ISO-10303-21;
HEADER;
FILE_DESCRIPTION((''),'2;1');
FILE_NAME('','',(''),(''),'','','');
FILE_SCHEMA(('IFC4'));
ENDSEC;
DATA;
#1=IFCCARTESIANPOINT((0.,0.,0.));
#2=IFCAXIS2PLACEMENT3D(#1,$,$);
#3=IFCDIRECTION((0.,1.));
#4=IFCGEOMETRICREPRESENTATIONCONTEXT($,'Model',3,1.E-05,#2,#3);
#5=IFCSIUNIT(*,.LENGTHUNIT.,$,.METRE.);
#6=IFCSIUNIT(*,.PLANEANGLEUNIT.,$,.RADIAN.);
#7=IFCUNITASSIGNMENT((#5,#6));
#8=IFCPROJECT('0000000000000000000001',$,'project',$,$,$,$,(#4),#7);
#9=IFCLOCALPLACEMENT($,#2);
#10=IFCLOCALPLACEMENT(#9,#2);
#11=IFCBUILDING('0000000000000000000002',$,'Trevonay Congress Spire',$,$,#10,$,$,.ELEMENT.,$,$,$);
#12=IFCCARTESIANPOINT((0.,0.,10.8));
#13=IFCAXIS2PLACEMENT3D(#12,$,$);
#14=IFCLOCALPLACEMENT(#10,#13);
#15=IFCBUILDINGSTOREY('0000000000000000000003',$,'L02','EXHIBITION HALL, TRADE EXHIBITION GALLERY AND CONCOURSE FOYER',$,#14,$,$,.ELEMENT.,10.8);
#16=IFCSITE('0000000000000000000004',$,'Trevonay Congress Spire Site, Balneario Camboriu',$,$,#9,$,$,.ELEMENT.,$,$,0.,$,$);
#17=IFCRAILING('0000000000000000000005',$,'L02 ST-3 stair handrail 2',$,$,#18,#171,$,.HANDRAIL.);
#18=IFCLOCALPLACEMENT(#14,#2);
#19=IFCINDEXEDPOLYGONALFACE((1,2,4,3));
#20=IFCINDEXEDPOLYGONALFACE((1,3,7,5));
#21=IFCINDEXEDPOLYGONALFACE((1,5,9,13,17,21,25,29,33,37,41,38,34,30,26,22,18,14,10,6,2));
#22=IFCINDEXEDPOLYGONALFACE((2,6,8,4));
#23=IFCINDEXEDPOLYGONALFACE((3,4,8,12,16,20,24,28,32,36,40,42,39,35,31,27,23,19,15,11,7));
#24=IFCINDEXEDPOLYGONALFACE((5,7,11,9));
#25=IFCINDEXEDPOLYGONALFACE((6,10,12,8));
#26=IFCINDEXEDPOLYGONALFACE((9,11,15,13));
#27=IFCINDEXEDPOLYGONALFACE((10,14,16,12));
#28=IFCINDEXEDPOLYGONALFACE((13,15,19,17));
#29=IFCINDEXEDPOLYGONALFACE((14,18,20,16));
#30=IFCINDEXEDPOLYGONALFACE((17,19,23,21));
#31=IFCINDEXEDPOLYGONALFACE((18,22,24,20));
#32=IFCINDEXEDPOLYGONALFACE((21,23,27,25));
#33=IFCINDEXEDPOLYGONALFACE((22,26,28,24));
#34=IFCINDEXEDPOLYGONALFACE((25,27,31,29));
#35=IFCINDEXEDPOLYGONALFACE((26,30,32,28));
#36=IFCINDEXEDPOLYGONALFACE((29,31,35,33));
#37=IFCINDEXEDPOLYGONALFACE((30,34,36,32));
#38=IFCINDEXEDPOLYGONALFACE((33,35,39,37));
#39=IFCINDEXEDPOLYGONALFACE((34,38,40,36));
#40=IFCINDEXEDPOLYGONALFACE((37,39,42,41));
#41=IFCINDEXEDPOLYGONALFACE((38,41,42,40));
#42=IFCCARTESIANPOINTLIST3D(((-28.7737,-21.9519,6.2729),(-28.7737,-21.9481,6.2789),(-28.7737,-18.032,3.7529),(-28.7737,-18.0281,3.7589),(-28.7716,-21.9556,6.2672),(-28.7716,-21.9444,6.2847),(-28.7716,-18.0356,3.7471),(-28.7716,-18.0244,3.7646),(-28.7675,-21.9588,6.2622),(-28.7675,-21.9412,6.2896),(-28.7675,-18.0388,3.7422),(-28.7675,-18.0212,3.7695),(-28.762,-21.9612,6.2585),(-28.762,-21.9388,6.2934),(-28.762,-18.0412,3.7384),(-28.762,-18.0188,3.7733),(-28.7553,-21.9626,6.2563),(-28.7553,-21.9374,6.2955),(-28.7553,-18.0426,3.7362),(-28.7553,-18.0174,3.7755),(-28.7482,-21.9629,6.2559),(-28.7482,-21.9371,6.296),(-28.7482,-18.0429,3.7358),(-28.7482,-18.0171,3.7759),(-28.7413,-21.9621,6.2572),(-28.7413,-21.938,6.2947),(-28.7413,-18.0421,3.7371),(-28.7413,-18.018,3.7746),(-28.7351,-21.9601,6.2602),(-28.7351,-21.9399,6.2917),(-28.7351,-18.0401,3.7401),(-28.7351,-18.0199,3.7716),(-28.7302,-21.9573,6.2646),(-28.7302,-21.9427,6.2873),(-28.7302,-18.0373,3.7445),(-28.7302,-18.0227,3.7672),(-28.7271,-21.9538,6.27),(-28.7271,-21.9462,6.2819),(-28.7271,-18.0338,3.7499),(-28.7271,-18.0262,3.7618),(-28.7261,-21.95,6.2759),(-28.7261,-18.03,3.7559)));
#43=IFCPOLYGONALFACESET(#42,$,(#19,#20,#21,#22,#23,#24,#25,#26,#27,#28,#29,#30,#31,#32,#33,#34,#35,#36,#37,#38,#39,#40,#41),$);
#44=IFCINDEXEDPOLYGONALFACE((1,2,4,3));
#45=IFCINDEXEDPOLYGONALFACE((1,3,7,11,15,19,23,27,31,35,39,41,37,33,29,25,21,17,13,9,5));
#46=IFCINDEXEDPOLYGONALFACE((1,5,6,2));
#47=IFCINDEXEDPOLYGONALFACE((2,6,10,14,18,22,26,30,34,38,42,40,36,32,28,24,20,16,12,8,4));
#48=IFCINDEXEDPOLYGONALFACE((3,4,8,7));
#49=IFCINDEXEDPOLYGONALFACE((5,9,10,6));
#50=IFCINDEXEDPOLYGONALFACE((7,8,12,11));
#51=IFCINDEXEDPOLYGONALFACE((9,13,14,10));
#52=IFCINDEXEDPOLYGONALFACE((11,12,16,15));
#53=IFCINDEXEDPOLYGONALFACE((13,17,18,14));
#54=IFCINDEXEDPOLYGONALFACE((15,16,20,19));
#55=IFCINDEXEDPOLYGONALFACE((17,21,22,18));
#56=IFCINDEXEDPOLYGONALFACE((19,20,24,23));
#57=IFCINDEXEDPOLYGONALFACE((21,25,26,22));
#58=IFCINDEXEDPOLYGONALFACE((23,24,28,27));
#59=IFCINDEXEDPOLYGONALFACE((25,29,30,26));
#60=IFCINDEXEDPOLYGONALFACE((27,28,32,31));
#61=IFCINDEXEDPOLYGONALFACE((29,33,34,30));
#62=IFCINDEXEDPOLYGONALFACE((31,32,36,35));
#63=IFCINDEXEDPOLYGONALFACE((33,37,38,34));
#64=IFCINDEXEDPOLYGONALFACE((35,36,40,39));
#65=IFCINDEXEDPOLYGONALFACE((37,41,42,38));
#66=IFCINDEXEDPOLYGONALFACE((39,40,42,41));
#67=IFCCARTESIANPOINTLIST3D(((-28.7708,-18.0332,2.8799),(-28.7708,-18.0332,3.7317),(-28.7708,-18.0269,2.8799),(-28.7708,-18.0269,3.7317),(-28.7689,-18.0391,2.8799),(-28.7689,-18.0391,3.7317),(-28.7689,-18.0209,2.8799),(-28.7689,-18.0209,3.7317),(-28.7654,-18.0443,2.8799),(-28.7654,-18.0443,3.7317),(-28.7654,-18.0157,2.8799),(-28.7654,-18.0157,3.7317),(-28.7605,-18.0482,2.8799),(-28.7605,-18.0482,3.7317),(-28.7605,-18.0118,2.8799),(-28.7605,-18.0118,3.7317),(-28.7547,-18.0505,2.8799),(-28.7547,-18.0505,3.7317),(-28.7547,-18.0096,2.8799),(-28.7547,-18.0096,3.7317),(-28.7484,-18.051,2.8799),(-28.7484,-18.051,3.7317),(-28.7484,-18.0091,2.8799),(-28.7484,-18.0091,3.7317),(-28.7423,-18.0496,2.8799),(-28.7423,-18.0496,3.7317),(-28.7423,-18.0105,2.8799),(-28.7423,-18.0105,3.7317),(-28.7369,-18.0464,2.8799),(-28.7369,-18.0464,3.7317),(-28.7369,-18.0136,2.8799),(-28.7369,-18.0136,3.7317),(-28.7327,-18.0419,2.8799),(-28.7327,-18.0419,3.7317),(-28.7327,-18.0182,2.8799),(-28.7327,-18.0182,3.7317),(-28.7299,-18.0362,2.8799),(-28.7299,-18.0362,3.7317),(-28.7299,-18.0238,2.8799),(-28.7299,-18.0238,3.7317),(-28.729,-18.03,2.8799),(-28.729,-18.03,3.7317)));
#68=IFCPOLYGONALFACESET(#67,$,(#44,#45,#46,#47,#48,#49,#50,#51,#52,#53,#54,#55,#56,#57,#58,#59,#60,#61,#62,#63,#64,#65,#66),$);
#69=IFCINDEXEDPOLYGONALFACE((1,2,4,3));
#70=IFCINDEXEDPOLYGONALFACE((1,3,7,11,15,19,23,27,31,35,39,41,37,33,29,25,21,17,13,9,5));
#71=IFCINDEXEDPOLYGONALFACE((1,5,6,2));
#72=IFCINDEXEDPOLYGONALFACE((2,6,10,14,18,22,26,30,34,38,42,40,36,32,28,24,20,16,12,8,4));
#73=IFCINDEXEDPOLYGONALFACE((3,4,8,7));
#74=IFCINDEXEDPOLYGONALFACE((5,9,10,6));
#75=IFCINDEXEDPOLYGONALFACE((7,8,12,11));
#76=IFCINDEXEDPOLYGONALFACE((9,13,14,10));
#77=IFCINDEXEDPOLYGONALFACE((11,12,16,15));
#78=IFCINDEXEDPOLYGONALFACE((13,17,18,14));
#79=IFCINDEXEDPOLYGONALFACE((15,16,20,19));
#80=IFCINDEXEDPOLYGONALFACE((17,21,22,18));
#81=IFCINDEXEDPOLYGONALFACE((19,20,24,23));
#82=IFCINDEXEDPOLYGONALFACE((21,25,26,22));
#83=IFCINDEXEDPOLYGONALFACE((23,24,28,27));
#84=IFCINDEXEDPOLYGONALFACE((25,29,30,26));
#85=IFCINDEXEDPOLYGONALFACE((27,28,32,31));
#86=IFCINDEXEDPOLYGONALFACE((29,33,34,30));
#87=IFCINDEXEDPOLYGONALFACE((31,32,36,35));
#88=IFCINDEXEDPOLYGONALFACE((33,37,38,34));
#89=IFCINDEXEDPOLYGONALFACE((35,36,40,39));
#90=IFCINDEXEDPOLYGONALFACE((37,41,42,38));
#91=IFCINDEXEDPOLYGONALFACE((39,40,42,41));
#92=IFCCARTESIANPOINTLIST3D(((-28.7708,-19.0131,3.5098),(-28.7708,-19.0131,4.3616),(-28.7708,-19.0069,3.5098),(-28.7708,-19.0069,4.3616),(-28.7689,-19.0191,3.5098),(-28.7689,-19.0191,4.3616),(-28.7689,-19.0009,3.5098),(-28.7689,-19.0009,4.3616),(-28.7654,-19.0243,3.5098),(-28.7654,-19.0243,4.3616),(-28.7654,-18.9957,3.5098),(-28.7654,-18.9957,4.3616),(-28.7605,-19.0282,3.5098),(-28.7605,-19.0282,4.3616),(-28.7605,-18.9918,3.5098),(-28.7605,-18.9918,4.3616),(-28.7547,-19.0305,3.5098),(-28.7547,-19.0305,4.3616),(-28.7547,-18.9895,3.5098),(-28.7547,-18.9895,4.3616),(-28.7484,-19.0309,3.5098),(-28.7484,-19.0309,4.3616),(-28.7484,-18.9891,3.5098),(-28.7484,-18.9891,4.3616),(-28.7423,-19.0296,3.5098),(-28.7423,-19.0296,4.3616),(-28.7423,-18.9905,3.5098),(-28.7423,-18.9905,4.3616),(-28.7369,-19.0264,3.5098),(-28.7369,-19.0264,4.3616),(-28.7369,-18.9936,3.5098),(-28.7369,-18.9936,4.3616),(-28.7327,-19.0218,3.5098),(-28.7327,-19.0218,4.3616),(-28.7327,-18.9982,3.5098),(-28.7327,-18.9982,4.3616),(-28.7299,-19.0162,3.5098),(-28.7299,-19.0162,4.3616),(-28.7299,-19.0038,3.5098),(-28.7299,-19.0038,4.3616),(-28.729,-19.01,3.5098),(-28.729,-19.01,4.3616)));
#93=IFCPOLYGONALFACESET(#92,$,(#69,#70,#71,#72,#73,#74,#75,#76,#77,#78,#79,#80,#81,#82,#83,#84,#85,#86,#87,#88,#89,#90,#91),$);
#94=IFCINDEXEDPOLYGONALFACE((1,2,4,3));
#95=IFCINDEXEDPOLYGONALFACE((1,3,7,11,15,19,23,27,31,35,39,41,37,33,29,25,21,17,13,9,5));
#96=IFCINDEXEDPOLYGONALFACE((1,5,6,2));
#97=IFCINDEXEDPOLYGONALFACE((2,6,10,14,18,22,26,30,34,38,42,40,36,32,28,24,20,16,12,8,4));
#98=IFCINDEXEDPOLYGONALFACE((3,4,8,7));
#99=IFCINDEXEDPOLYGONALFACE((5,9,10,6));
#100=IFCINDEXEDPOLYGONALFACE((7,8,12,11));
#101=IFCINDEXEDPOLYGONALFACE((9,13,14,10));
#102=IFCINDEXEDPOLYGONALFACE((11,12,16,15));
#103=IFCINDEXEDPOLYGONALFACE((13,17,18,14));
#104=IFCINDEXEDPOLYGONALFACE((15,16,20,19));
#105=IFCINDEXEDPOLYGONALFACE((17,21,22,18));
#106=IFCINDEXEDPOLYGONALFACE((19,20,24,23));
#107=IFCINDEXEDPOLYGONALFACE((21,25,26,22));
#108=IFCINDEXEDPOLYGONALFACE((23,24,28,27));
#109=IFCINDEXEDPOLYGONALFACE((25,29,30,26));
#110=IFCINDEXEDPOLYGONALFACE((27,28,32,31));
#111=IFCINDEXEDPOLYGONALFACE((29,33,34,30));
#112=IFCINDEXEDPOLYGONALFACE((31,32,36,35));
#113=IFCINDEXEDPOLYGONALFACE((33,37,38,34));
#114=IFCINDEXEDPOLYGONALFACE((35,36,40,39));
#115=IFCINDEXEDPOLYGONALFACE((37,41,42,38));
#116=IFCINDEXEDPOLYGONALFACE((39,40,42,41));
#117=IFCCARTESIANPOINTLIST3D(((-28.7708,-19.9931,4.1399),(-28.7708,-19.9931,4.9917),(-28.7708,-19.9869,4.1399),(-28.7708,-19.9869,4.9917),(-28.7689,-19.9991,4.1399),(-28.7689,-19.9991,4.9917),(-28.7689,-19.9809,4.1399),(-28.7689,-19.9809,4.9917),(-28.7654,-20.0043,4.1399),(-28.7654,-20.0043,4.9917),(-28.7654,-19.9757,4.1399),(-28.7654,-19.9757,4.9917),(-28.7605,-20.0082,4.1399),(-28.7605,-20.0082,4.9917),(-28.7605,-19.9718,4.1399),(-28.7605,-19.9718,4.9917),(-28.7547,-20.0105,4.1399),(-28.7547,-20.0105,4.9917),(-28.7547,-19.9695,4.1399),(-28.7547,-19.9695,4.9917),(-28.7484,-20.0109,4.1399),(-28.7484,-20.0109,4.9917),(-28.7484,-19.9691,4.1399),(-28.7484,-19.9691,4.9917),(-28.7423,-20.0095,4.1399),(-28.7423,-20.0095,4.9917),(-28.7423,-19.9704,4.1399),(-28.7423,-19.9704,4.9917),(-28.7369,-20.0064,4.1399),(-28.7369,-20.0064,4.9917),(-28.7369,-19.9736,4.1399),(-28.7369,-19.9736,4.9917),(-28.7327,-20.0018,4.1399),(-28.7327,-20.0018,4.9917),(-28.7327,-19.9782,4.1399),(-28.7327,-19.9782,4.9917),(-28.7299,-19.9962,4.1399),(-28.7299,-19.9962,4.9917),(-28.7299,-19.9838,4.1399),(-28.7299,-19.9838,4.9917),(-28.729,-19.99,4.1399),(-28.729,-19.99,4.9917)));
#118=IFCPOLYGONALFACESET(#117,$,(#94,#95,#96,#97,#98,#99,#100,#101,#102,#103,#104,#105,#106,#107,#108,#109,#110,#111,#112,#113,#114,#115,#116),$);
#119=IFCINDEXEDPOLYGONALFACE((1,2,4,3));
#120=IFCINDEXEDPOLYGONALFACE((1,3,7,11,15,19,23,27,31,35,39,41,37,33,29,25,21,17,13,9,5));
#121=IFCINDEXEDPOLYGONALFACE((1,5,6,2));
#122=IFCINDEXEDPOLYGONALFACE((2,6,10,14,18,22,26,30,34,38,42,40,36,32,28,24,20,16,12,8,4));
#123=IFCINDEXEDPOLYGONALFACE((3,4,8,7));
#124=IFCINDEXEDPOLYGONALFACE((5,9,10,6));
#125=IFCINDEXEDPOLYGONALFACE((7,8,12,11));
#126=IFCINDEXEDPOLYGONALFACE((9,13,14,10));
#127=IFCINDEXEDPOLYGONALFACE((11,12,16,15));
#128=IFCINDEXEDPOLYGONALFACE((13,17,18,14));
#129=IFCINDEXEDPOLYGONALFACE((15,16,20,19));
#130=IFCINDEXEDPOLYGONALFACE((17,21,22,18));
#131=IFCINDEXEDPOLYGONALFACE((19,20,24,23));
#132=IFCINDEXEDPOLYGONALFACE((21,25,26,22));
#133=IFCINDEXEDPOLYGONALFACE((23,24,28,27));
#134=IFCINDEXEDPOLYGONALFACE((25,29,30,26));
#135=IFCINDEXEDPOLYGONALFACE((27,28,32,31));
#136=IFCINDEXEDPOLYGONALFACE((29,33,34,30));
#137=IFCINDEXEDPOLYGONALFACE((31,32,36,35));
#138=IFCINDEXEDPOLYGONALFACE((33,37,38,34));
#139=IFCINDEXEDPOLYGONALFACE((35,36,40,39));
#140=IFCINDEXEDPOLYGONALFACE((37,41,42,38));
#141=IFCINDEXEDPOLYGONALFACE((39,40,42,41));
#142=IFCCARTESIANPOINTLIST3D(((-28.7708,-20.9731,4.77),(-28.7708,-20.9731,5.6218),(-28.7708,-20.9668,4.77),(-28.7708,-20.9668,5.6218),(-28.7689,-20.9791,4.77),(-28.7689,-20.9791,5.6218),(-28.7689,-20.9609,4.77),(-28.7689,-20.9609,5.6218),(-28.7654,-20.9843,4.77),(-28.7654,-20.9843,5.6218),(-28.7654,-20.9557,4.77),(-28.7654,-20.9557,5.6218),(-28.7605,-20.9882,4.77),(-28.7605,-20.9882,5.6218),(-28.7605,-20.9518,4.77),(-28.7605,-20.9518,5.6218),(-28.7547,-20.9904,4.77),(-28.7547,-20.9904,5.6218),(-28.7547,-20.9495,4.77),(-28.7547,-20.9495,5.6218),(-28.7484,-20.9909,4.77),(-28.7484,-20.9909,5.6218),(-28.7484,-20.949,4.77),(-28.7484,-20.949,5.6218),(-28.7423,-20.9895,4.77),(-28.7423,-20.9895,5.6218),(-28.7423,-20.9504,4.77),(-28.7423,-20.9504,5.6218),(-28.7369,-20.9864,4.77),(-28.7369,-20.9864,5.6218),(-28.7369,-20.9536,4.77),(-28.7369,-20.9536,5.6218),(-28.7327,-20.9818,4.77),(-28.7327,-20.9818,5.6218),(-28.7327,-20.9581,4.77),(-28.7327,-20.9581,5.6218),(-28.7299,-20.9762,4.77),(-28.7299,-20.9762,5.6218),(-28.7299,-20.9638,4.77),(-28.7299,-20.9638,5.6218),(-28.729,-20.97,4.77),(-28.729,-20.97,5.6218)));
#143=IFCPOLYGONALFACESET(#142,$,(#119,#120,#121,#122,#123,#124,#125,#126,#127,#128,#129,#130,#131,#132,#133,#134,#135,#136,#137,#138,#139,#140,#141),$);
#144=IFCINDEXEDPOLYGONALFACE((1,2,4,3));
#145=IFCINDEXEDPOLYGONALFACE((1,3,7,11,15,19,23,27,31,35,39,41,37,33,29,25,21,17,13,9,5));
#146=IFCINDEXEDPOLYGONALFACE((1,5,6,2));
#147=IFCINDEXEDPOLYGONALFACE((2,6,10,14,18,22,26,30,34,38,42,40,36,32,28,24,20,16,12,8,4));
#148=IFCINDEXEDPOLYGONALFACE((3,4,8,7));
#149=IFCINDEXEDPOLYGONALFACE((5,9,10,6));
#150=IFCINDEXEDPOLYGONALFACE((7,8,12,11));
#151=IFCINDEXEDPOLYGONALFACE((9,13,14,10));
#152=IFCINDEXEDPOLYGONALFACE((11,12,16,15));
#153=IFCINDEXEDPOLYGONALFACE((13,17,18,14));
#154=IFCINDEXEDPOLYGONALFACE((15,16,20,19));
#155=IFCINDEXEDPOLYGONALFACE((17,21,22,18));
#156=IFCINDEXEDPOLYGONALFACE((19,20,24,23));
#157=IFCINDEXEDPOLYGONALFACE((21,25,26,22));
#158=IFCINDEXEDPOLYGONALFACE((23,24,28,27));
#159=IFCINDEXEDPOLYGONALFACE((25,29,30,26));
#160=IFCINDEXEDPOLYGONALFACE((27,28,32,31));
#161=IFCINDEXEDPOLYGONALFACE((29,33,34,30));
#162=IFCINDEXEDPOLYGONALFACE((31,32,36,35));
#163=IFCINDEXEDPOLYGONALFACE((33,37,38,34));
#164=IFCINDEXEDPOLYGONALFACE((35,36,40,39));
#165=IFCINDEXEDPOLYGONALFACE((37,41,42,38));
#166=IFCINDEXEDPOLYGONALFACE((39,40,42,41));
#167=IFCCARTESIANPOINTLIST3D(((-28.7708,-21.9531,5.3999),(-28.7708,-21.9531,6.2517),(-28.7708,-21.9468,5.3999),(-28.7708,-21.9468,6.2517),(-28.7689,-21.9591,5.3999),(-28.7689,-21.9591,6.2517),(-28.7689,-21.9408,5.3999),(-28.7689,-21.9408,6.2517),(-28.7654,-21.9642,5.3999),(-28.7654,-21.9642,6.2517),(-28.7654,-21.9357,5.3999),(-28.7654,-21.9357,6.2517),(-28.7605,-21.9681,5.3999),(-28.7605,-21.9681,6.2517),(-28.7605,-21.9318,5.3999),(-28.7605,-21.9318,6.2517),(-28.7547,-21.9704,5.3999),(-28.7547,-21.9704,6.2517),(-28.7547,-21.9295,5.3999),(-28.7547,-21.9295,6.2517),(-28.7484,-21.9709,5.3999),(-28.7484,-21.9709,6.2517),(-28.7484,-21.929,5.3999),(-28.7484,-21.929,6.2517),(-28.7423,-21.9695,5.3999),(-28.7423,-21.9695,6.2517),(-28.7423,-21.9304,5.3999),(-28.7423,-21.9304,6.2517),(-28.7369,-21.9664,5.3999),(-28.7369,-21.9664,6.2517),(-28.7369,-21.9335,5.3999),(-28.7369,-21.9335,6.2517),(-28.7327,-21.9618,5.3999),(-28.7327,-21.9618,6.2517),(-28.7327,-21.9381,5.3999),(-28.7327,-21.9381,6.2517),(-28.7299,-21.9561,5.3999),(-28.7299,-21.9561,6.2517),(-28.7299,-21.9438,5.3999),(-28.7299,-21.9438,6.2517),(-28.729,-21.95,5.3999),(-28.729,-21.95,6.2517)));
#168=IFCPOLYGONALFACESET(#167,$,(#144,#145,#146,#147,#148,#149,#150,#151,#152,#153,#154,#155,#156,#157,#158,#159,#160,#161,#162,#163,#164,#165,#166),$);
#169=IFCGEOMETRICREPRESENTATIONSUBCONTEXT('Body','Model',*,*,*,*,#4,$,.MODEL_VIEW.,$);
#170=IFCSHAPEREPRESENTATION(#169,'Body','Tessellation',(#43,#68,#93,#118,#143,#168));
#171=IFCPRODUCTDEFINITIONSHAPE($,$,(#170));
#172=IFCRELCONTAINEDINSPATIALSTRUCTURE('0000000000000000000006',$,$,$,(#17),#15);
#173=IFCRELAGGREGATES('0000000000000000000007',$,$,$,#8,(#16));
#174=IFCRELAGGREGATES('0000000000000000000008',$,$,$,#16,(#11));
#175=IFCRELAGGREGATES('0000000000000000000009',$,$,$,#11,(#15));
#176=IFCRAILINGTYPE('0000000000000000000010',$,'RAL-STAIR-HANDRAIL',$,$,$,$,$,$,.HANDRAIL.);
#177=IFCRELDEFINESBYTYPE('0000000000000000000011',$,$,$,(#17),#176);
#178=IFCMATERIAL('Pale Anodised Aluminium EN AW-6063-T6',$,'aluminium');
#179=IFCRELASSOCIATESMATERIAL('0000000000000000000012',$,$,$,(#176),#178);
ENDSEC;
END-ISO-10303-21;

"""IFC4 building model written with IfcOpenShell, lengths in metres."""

from ifc_helpers import new_model, si_unit, direction, frame, origin, origin_2d, place, context, subcontext, project, spatial, circle, extrude, material, type_object, element, save


model = new_model("IFC4")

# Units and contexts
model_context = context("Model", 3, precision=1e-05, world=origin(), true_north=direction((0.0, 1.0)))
body_context = subcontext(model_context, "Body", "Model", "MODEL_VIEW")
ifc_project = project(units=[si_unit("LENGTHUNIT", "METRE"), si_unit("PLANEANGLEUNIT", "RADIAN")], contexts=[model_context])

# Site, building, storey
site_placement = place(None, origin())
site = spatial("IfcSite", under=ifc_project, at=site_placement, Name="Trevonay Congress Spire Site, Balneario Camboriu", CompositionType="ELEMENT", RefElevation=0.0)
building_placement = place(site_placement, origin())
building = spatial("IfcBuilding", under=site, at=building_placement, Name="Trevonay Congress Spire", CompositionType="ELEMENT")
storey_placement = place(building_placement, frame((0.0, 0.0, 10.8)))
storey = spatial("IfcBuildingStorey", under=building, at=storey_placement, Name="L02", Description="EXHIBITION HALL, TRADE EXHIBITION GALLERY AND CONCOURSE FOYER", CompositionType="ELEMENT", Elevation=10.8)

# Shared definitions
ifc_material_1 = material(Name="Pale Anodised Aluminium EN AW-6063-T6", Category="aluminium")

# Railing
railing_type_1 = type_object("IfcRailingType", Name="RAL-STAIR-HANDRAIL", PredefinedType="HANDRAIL", material=ifc_material_1)
railing_1_placement = place(storey_placement, frame((-28.75, -18.03, 2.8799)))
element("IfcRailing", 1, at=railing_1_placement, inside=storey, type_object=railing_type_1, Name="L02 ST-3 stair handrail 2", PredefinedType="HANDRAIL", context=body_context, shape_type="SweptSolid", body=[
    extrude(circle(Radius=0.0239, at=origin_2d()), frame((0.0, 0.0, 0.876), z_axis=(0.0, -0.841172, 0.540768), x_axis=(1.0, 0.0, 0.0)), (0.0, 0.0, 1.0), 4.6602),
    extrude(circle(Radius=0.021, at=origin_2d()), origin(), (0.0, 0.0, 1.0), 0.8518),
    extrude(circle(Radius=0.021, at=origin_2d()), frame((0.0, -0.98, 0.6299)), (0.0, 0.0, 1.0), 0.8518),
    extrude(circle(Radius=0.021, at=origin_2d()), frame((0.0, -1.96, 1.26)), (0.0, 0.0, 1.0), 0.8518),
    extrude(circle(Radius=0.021, at=origin_2d()), frame((0.0, -2.9399, 1.8901)), (0.0, 0.0, 1.0), 0.8518),
    extrude(circle(Radius=0.021, at=origin_2d()), frame((0.0, -3.9199, 2.52)), (0.0, 0.0, 1.0), 0.8518),
])

save(model, "model.ifc")
